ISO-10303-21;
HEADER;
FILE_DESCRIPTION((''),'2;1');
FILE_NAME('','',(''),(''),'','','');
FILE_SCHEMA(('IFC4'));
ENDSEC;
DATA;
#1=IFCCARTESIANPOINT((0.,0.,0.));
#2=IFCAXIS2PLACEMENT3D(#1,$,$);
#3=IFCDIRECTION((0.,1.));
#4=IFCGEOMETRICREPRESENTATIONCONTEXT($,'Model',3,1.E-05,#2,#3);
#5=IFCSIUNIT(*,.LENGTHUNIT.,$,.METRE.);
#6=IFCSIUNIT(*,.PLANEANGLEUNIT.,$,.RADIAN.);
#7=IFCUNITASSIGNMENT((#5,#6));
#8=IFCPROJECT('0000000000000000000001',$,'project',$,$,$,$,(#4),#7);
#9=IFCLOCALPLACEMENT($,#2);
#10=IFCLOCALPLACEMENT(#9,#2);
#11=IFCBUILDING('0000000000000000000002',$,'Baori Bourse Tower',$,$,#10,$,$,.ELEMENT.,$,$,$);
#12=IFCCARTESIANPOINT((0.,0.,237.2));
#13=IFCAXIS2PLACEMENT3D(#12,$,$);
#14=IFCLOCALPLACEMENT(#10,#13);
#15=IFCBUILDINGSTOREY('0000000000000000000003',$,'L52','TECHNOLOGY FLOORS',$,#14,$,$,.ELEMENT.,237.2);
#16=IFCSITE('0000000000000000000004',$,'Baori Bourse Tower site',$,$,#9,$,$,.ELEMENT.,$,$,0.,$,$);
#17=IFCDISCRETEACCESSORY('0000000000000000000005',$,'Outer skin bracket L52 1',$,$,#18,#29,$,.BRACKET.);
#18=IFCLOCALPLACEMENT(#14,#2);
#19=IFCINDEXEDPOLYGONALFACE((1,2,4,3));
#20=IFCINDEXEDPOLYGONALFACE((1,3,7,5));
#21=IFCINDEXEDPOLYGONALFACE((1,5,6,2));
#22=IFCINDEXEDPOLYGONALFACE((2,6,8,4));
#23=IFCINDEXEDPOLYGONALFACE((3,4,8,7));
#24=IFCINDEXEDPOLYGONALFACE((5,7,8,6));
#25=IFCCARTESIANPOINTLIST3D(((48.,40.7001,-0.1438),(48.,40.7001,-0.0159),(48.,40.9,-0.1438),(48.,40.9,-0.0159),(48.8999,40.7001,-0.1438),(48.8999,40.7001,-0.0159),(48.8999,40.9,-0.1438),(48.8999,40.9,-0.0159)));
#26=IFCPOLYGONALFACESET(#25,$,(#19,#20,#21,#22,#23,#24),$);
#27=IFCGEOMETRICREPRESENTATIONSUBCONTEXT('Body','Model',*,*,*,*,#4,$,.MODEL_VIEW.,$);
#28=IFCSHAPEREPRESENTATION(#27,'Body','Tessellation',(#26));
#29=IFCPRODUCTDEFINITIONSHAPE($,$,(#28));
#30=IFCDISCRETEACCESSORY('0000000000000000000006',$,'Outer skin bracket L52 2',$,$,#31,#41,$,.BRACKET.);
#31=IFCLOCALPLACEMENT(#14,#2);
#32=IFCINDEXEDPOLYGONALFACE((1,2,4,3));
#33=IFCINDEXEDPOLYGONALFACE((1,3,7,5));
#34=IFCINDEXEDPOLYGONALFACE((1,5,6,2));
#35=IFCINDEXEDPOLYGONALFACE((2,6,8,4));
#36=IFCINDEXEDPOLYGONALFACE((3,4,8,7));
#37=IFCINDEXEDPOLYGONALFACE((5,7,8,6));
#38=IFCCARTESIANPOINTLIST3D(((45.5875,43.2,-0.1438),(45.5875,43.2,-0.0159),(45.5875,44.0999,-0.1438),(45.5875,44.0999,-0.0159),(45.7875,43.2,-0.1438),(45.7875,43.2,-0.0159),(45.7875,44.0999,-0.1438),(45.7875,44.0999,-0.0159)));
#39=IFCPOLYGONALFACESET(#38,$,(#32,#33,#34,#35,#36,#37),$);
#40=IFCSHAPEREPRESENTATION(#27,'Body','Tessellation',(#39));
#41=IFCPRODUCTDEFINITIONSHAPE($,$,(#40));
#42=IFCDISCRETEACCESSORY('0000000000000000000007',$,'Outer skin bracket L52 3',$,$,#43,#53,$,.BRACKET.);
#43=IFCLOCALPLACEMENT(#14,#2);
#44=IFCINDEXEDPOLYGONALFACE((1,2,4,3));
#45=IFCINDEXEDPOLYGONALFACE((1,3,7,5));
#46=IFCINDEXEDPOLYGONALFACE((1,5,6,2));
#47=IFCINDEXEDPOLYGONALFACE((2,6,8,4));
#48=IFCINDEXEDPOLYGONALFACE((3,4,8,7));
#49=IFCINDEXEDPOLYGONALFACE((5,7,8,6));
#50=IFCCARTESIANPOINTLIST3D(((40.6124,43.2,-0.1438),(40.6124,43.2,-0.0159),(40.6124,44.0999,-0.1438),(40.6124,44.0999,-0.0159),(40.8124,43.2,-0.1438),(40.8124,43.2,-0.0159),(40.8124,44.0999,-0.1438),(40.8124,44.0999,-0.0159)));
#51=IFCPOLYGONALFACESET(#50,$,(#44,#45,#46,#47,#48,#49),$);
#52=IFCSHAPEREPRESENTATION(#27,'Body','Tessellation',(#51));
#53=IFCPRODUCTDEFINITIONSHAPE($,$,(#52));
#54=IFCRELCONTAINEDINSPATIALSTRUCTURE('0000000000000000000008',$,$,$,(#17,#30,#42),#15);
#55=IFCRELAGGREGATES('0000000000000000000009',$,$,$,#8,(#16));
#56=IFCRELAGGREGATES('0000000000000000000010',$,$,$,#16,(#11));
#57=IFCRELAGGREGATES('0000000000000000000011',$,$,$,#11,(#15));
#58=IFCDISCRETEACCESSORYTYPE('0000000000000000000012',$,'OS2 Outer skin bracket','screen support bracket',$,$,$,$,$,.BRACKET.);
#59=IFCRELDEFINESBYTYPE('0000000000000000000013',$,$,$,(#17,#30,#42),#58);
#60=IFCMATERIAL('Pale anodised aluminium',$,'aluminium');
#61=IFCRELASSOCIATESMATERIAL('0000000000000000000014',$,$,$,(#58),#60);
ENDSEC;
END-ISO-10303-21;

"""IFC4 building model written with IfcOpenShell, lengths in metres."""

from ifc_helpers import new_model, si_unit, direction, frame, origin, origin_2d, place, context, subcontext, project, spatial, rectangle, extrude, material, type_object, element, save


model = new_model("IFC4")

# Units and contexts
model_context = context("Model", 3, precision=1e-05, world=origin(), true_north=direction((0.0, 1.0)))
body_context = subcontext(model_context, "Body", "Model", "MODEL_VIEW")
ifc_project = project(units=[si_unit("LENGTHUNIT", "METRE"), si_unit("PLANEANGLEUNIT", "RADIAN")], contexts=[model_context])

# Site, building, storey
site_placement = place(None, origin())
site = spatial("IfcSite", under=ifc_project, at=site_placement, Name="Baori Bourse Tower site", CompositionType="ELEMENT", RefElevation=0.0)
building_placement = place(site_placement, origin())
building = spatial("IfcBuilding", under=site, at=building_placement, Name="Baori Bourse Tower", CompositionType="ELEMENT")
storey_placement = place(building_placement, frame((0.0, 0.0, 237.2)))
storey = spatial("IfcBuildingStorey", under=building, at=storey_placement, Name="L52", Description="TECHNOLOGY FLOORS", CompositionType="ELEMENT", Elevation=237.2)

# Discrete accessories
ifc_material_1 = material(Name="Pale anodised aluminium", Category="aluminium")
discrete_accessory_type = type_object("IfcDiscreteAccessoryType", Name="OS2 Outer skin bracket", Description="screen support bracket", PredefinedType="BRACKET", material=ifc_material_1)
for number, where, z_axis, x_axis, name in (
    (1, (48.45, 40.8, -0.1438), (0.0, 0.0, 1.0), (0.0, 1.0, 0.0), "Outer skin bracket L52 1"),
    (2, (45.6875, 43.6499, -0.1438), (0.0, 0.0, 1.0), (-1.0, 0.0, 0.0), "Outer skin bracket L52 2"),
    (3, (40.7124, 43.6499, -0.1438), (0.0, 0.0, 1.0), (-1.0, 0.0, 0.0), "Outer skin bracket L52 3"),
):
    element("IfcDiscreteAccessory", number, at=place(storey_placement, frame(where, z_axis=z_axis, x_axis=x_axis)), inside=storey, type_object=discrete_accessory_type, Name=name, PredefinedType="BRACKET", context=body_context, shape_type="SweptSolid", body=[
        extrude(rectangle(XDim=0.2, YDim=0.8999, at=origin_2d()), origin(), (0.0, 0.0, 1.0), 0.1279),
    ])

save(model, "model.ifc")
